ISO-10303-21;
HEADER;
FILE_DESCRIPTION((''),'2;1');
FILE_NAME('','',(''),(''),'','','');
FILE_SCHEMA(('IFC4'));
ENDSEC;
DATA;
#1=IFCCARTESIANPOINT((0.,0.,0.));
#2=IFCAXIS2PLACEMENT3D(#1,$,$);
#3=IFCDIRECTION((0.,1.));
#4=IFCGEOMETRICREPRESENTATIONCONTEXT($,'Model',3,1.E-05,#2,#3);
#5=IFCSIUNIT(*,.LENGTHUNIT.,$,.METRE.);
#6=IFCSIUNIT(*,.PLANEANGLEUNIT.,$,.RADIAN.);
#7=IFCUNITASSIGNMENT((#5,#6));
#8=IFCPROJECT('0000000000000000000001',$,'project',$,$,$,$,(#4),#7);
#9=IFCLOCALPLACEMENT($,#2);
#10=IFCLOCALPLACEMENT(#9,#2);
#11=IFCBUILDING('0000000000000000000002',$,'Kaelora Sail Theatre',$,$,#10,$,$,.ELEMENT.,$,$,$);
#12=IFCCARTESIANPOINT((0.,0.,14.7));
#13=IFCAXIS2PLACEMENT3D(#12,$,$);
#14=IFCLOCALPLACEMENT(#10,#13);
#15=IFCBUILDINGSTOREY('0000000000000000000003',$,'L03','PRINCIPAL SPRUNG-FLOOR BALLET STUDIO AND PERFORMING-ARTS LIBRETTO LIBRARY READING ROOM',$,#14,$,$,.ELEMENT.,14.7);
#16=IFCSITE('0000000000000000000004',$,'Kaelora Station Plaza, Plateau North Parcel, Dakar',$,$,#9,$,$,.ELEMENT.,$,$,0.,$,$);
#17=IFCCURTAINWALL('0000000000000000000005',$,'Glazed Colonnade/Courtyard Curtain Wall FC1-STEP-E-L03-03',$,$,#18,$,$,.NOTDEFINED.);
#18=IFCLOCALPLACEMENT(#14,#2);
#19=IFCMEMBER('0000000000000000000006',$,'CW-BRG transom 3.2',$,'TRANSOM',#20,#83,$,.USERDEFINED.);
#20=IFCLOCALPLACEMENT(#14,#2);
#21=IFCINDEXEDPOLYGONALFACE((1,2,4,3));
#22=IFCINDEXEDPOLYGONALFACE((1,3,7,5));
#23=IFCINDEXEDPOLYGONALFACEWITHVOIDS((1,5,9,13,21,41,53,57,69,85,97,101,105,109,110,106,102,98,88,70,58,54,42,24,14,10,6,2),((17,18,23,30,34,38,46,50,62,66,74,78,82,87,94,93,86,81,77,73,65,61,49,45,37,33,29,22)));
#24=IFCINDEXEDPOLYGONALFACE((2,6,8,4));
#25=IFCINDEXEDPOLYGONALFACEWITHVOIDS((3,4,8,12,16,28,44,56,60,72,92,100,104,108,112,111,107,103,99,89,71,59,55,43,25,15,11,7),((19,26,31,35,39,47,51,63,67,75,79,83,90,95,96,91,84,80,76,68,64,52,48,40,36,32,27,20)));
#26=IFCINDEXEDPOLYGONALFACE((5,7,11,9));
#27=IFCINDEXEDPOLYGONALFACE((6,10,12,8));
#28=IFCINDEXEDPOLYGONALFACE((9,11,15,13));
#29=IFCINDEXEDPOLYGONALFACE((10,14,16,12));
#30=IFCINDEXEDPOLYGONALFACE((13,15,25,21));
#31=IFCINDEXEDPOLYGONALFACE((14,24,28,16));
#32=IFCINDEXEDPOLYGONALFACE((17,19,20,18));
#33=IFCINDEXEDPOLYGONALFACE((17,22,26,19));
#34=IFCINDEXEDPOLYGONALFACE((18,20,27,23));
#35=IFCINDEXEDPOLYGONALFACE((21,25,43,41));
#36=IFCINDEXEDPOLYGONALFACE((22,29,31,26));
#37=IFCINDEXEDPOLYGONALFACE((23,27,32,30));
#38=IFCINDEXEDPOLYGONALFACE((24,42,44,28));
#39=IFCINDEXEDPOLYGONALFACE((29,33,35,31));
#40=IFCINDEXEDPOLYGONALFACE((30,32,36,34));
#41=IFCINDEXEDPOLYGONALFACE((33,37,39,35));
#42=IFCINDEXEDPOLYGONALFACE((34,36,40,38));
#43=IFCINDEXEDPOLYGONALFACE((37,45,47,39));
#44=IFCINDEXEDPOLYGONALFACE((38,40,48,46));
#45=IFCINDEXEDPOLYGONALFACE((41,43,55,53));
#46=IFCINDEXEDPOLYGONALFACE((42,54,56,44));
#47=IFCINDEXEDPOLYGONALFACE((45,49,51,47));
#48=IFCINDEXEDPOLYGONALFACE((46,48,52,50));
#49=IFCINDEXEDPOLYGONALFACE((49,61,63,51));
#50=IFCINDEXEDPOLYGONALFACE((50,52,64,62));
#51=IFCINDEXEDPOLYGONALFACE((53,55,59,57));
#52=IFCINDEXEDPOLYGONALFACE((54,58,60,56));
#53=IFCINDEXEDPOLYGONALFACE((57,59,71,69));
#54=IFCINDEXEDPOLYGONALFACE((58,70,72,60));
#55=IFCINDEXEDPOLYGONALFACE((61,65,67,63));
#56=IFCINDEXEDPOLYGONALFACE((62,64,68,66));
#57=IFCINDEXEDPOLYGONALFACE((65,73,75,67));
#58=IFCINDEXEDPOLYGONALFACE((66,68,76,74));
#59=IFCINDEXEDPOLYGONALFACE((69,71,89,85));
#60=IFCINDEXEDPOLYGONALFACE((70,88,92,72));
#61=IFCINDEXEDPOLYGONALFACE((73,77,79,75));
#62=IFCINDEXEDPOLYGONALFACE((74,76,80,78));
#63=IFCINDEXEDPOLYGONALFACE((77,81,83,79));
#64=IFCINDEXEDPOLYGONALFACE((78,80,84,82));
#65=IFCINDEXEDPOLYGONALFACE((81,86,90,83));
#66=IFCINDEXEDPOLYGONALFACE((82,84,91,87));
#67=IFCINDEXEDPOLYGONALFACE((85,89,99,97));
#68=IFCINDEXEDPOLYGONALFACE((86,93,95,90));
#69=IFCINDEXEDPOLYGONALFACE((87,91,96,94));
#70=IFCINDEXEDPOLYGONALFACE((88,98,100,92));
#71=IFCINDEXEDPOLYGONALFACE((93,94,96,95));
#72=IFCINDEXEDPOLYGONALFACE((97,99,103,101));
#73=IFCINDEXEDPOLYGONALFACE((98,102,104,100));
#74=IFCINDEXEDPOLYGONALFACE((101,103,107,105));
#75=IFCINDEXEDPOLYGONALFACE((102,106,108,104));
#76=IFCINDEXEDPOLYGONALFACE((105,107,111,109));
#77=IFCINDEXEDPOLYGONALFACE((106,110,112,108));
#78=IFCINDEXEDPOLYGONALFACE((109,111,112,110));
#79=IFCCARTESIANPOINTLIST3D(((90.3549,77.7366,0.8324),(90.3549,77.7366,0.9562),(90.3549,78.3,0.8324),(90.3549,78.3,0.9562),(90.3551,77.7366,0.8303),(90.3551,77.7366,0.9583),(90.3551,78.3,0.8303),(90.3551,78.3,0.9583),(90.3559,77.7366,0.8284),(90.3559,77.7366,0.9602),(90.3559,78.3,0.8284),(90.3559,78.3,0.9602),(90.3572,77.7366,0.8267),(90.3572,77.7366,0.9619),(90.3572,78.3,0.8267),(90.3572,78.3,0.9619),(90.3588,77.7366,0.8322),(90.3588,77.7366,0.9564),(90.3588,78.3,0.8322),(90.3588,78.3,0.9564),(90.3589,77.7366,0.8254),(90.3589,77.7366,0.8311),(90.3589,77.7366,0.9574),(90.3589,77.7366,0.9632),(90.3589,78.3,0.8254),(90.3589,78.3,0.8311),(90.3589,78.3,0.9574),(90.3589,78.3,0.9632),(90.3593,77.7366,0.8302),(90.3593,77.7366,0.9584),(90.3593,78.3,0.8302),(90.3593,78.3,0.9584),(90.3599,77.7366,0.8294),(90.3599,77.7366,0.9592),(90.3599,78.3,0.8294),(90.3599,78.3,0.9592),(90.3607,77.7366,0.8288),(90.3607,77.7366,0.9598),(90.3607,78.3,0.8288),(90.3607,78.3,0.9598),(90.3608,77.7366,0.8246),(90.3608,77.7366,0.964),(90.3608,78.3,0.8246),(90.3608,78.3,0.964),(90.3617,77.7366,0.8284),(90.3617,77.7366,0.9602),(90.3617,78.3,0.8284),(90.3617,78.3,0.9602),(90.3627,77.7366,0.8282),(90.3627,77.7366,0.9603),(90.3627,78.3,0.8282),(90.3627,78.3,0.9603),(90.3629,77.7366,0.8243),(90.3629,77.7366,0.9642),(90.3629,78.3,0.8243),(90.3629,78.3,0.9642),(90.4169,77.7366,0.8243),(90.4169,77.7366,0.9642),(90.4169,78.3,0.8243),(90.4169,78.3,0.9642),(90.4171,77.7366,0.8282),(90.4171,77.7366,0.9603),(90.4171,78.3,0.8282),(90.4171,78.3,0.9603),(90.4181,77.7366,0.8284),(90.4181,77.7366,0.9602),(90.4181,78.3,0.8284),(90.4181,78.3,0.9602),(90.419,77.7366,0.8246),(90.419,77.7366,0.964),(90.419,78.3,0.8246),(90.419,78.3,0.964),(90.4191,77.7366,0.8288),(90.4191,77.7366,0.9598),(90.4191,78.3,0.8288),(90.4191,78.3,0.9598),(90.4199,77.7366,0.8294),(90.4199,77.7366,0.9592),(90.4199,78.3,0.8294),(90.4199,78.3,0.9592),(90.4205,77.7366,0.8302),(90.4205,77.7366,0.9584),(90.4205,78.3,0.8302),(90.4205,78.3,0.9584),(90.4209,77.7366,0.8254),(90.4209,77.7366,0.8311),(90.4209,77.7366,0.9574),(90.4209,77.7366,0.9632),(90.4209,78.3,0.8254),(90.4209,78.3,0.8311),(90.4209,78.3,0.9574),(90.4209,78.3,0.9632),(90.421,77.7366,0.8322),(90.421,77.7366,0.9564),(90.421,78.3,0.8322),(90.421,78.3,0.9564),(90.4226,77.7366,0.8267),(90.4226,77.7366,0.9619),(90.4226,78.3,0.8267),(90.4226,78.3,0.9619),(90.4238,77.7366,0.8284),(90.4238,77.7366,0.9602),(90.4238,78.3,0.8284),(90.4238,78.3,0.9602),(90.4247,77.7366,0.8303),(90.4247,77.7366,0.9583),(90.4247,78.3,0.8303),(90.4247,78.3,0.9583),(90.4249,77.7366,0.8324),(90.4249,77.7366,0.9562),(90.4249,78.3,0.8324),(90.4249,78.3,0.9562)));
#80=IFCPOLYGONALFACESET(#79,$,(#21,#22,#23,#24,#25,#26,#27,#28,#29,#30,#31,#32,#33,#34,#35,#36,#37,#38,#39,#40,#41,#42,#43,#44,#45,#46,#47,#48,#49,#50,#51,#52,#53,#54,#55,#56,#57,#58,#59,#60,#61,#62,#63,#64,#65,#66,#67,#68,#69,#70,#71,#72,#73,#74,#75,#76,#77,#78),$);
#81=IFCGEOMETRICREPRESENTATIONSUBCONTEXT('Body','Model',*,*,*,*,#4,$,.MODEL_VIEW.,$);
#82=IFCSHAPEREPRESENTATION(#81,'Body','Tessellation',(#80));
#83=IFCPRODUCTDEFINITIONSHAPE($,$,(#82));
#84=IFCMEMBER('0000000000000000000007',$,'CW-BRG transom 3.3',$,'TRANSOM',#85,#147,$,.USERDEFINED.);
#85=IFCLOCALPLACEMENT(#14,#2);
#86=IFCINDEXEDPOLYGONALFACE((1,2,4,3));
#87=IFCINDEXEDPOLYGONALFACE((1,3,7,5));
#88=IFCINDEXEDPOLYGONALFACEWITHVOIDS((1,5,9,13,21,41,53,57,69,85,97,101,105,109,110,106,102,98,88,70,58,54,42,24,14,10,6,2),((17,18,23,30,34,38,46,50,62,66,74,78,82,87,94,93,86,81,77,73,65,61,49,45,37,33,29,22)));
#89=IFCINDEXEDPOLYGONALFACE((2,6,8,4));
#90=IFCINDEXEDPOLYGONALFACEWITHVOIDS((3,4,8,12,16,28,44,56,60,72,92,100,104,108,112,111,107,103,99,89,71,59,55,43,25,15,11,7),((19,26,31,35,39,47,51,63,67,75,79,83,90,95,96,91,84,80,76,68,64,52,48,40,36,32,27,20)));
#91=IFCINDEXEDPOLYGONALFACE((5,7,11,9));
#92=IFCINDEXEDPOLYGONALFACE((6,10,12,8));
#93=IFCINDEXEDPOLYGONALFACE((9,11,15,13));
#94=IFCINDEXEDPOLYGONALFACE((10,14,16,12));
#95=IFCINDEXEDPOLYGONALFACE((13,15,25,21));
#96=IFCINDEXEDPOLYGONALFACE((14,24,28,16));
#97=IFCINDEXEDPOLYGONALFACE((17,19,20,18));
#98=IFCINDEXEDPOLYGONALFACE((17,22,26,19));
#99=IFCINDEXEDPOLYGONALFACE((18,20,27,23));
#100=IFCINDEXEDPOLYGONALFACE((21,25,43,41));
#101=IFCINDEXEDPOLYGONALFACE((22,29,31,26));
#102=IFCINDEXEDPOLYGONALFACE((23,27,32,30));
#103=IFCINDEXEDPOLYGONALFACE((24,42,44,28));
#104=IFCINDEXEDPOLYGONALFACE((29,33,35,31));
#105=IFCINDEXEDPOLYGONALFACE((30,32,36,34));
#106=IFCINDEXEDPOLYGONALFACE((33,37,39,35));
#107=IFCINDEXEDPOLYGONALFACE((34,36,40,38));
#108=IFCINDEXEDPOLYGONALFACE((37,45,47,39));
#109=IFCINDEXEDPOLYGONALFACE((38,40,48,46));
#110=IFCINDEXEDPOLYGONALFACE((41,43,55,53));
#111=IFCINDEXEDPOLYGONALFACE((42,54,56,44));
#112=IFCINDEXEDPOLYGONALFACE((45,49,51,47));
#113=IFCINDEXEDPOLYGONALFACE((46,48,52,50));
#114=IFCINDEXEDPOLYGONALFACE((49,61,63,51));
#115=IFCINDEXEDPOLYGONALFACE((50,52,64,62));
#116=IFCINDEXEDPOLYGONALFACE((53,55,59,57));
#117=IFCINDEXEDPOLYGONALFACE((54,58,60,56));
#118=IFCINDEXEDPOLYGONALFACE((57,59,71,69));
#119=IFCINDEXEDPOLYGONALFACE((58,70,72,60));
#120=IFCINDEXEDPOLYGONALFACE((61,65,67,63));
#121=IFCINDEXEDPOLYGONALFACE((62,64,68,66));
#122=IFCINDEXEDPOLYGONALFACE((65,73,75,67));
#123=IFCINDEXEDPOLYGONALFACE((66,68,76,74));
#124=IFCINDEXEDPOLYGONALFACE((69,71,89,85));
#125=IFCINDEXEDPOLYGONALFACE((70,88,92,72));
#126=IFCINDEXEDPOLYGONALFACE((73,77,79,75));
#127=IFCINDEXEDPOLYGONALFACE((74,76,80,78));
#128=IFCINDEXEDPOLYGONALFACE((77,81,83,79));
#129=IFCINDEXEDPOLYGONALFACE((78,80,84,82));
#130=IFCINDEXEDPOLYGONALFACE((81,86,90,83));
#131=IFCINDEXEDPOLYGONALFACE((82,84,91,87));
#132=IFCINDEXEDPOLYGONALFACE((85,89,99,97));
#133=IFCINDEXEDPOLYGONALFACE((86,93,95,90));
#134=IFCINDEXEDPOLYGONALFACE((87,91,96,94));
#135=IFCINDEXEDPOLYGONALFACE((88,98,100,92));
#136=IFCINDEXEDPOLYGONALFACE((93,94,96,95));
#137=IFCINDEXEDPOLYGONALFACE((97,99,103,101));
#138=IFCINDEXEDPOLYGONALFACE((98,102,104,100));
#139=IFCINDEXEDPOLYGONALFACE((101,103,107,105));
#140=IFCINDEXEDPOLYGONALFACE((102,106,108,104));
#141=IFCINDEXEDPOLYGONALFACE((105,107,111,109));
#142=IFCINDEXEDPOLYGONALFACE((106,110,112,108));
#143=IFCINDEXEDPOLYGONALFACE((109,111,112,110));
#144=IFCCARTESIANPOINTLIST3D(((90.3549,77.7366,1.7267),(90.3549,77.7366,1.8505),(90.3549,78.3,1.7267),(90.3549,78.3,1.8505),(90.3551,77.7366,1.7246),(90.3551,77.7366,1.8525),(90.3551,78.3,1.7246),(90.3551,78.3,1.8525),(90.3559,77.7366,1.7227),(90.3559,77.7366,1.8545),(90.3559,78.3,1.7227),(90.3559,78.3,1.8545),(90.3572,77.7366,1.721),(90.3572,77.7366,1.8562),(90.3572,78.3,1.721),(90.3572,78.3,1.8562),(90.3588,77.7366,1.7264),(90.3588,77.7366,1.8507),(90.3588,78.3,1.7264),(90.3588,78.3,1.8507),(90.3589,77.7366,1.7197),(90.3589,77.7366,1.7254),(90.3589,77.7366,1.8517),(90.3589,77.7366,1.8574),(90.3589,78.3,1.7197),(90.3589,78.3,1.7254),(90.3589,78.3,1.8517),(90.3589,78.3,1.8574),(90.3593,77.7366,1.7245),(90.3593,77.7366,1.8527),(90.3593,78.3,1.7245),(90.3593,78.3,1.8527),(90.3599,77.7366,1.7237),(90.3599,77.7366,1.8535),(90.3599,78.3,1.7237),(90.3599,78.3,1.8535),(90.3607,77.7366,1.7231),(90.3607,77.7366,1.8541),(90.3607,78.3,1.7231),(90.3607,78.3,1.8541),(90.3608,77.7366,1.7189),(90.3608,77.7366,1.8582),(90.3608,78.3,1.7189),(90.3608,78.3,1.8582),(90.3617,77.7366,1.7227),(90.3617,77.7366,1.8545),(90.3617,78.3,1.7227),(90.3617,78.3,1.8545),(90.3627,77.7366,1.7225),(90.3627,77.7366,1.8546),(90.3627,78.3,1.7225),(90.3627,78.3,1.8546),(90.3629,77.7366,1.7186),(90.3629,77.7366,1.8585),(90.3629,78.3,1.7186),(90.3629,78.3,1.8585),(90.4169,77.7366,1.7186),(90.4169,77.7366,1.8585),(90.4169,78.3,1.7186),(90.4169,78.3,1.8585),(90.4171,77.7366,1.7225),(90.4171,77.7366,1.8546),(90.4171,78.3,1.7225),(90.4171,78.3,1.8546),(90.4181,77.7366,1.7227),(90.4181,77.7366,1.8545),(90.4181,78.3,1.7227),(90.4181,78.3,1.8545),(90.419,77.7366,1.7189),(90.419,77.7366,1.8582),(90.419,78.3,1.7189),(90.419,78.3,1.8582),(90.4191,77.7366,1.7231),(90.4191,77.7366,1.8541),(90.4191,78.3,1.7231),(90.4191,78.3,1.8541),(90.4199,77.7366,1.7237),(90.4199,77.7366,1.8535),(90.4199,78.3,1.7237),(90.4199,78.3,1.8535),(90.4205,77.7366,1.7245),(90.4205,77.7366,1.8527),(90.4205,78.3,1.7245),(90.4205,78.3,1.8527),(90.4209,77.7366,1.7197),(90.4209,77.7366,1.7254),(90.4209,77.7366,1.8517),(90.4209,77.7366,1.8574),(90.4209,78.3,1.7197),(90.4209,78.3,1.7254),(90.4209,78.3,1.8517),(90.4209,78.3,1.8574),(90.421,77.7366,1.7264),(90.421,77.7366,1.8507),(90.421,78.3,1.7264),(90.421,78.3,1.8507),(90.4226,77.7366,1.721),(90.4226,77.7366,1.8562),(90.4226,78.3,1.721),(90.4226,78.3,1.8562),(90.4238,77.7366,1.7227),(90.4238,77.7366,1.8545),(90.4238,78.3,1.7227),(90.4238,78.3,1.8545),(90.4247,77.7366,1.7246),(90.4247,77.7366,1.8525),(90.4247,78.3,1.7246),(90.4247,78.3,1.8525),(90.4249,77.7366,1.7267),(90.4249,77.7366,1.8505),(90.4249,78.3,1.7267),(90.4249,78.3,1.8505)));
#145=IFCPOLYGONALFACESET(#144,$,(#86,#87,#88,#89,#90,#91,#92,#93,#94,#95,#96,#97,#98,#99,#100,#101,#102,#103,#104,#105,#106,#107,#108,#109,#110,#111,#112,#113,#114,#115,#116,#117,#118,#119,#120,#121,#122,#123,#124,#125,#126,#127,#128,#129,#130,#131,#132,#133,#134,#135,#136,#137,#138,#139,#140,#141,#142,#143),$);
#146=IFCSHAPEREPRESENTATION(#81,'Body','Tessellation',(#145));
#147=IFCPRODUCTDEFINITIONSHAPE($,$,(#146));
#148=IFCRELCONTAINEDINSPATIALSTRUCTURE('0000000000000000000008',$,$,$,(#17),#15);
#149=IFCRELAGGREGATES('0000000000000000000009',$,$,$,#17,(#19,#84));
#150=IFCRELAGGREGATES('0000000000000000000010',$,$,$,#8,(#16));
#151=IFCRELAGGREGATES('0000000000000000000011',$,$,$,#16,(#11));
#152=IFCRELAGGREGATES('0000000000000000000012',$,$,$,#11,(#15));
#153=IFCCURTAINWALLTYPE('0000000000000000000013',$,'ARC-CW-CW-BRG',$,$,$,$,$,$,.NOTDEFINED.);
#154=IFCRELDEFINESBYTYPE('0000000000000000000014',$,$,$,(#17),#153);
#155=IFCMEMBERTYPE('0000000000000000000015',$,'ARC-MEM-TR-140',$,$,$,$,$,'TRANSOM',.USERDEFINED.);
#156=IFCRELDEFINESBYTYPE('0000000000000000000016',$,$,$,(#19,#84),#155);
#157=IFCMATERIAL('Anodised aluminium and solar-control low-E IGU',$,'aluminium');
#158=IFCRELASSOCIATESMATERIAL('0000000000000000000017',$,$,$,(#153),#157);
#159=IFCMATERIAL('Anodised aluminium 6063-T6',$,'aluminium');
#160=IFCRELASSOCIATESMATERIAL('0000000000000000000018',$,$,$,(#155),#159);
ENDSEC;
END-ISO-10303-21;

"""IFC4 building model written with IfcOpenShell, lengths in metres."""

from ifc_helpers import new_model, si_unit, direction, frame, origin, origin_2d, place, context, subcontext, project, spatial, hollow_rectangle, extrude, material, material_profile, profile_set, type_object, element, aggregate, save


model = new_model("IFC4")

# Units and contexts
model_context = context("Model", 3, precision=1e-05, world=origin(), true_north=direction((0.0, 1.0)))
body_context = subcontext(model_context, "Body", "Model", "MODEL_VIEW")
ifc_project = project(units=[si_unit("LENGTHUNIT", "METRE"), si_unit("PLANEANGLEUNIT", "RADIAN")], contexts=[model_context])

# Site, building, storey
site_placement = place(None, origin())
site = spatial("IfcSite", under=ifc_project, at=site_placement, Name="Kaelora Station Plaza, Plateau North Parcel, Dakar", CompositionType="ELEMENT", RefElevation=0.0)
building_placement = place(site_placement, origin())
building = spatial("IfcBuilding", under=site, at=building_placement, Name="Kaelora Sail Theatre", CompositionType="ELEMENT")
storey_placement = place(building_placement, frame((0.0, 0.0, 14.7)))
storey = spatial("IfcBuildingStorey", under=building, at=storey_placement, Name="L03", Description="PRINCIPAL SPRUNG-FLOOR BALLET STUDIO AND PERFORMING-ARTS LIBRETTO LIBRARY READING ROOM", CompositionType="ELEMENT", Elevation=14.7)

# Curtain wall, members
ifc_material_1 = material(Name="Anodised aluminium and solar-control low-E IGU", Category="aluminium")
curtain_wall_type = type_object("IfcCurtainWallType", Name="ARC-CW-CW-BRG", PredefinedType="NOTDEFINED", material=ifc_material_1)
curtain_wall_placement = place(storey_placement, origin())
curtain_wall = element("IfcCurtainWall", 1, at=curtain_wall_placement, inside=storey, type_object=curtain_wall_type, Name="Glazed Colonnade/Courtyard Curtain Wall FC1-STEP-E-L03-03", PredefinedType="NOTDEFINED")
ifc_material_2 = material(Name="Anodised aluminium 6063-T6", Category="aluminium")
ifc_material_profile_1 = material_profile(ifc_material_2, hollow_rectangle(XDim=0.0701, YDim=0.1399, WallThickness=0.0039, InnerFilletRadius=0.0039, OuterFilletRadius=0.0081, at=origin_2d()), Name="ALU-TRAN 70x140x4")
ifc_profile_set_1 = profile_set([ifc_material_profile_1], Name="Anodised aluminium 6063-T6")
member_type_1 = type_object("IfcMemberType", Name="ARC-MEM-TR-140", ElementType="TRANSOM", PredefinedType="USERDEFINED", material=ifc_profile_set_1)
member_1_placement = place(storey_placement, frame((90.3899, 77.7366, 0.8943), z_axis=(0.0, 1.0, 0.0), x_axis=(-1.0, 0.0, 0.0)))
member_1 = element("IfcMember", 2, at=member_1_placement, type_object=member_type_1, Name="CW-BRG transom 3.2", ObjectType="TRANSOM", PredefinedType="USERDEFINED", context=body_context, shape_type="SweptSolid", body=[
    extrude(hollow_rectangle(XDim=0.0701, YDim=0.1399, WallThickness=0.0039, InnerFilletRadius=0.0039, OuterFilletRadius=0.0081, at=origin_2d()), origin(), (0.0, 0.0, 1.0), 0.5635),
])
member_2_placement = place(storey_placement, frame((90.3899, 77.7366, 1.7886), z_axis=(0.0, 1.0, 0.0), x_axis=(-1.0, 0.0, 0.0)))
member_2 = element("IfcMember", 3, at=member_2_placement, type_object=member_type_1, Name="CW-BRG transom 3.3", ObjectType="TRANSOM", PredefinedType="USERDEFINED", context=body_context, shape_type="SweptSolid", body=[
    extrude(hollow_rectangle(XDim=0.0701, YDim=0.1399, WallThickness=0.0039, InnerFilletRadius=0.0039, OuterFilletRadius=0.0081, at=origin_2d()), origin(), (0.0, 0.0, 1.0), 0.5635),
])
aggregate(curtain_wall, [member_1, member_2])

save(model, "model.ifc")
